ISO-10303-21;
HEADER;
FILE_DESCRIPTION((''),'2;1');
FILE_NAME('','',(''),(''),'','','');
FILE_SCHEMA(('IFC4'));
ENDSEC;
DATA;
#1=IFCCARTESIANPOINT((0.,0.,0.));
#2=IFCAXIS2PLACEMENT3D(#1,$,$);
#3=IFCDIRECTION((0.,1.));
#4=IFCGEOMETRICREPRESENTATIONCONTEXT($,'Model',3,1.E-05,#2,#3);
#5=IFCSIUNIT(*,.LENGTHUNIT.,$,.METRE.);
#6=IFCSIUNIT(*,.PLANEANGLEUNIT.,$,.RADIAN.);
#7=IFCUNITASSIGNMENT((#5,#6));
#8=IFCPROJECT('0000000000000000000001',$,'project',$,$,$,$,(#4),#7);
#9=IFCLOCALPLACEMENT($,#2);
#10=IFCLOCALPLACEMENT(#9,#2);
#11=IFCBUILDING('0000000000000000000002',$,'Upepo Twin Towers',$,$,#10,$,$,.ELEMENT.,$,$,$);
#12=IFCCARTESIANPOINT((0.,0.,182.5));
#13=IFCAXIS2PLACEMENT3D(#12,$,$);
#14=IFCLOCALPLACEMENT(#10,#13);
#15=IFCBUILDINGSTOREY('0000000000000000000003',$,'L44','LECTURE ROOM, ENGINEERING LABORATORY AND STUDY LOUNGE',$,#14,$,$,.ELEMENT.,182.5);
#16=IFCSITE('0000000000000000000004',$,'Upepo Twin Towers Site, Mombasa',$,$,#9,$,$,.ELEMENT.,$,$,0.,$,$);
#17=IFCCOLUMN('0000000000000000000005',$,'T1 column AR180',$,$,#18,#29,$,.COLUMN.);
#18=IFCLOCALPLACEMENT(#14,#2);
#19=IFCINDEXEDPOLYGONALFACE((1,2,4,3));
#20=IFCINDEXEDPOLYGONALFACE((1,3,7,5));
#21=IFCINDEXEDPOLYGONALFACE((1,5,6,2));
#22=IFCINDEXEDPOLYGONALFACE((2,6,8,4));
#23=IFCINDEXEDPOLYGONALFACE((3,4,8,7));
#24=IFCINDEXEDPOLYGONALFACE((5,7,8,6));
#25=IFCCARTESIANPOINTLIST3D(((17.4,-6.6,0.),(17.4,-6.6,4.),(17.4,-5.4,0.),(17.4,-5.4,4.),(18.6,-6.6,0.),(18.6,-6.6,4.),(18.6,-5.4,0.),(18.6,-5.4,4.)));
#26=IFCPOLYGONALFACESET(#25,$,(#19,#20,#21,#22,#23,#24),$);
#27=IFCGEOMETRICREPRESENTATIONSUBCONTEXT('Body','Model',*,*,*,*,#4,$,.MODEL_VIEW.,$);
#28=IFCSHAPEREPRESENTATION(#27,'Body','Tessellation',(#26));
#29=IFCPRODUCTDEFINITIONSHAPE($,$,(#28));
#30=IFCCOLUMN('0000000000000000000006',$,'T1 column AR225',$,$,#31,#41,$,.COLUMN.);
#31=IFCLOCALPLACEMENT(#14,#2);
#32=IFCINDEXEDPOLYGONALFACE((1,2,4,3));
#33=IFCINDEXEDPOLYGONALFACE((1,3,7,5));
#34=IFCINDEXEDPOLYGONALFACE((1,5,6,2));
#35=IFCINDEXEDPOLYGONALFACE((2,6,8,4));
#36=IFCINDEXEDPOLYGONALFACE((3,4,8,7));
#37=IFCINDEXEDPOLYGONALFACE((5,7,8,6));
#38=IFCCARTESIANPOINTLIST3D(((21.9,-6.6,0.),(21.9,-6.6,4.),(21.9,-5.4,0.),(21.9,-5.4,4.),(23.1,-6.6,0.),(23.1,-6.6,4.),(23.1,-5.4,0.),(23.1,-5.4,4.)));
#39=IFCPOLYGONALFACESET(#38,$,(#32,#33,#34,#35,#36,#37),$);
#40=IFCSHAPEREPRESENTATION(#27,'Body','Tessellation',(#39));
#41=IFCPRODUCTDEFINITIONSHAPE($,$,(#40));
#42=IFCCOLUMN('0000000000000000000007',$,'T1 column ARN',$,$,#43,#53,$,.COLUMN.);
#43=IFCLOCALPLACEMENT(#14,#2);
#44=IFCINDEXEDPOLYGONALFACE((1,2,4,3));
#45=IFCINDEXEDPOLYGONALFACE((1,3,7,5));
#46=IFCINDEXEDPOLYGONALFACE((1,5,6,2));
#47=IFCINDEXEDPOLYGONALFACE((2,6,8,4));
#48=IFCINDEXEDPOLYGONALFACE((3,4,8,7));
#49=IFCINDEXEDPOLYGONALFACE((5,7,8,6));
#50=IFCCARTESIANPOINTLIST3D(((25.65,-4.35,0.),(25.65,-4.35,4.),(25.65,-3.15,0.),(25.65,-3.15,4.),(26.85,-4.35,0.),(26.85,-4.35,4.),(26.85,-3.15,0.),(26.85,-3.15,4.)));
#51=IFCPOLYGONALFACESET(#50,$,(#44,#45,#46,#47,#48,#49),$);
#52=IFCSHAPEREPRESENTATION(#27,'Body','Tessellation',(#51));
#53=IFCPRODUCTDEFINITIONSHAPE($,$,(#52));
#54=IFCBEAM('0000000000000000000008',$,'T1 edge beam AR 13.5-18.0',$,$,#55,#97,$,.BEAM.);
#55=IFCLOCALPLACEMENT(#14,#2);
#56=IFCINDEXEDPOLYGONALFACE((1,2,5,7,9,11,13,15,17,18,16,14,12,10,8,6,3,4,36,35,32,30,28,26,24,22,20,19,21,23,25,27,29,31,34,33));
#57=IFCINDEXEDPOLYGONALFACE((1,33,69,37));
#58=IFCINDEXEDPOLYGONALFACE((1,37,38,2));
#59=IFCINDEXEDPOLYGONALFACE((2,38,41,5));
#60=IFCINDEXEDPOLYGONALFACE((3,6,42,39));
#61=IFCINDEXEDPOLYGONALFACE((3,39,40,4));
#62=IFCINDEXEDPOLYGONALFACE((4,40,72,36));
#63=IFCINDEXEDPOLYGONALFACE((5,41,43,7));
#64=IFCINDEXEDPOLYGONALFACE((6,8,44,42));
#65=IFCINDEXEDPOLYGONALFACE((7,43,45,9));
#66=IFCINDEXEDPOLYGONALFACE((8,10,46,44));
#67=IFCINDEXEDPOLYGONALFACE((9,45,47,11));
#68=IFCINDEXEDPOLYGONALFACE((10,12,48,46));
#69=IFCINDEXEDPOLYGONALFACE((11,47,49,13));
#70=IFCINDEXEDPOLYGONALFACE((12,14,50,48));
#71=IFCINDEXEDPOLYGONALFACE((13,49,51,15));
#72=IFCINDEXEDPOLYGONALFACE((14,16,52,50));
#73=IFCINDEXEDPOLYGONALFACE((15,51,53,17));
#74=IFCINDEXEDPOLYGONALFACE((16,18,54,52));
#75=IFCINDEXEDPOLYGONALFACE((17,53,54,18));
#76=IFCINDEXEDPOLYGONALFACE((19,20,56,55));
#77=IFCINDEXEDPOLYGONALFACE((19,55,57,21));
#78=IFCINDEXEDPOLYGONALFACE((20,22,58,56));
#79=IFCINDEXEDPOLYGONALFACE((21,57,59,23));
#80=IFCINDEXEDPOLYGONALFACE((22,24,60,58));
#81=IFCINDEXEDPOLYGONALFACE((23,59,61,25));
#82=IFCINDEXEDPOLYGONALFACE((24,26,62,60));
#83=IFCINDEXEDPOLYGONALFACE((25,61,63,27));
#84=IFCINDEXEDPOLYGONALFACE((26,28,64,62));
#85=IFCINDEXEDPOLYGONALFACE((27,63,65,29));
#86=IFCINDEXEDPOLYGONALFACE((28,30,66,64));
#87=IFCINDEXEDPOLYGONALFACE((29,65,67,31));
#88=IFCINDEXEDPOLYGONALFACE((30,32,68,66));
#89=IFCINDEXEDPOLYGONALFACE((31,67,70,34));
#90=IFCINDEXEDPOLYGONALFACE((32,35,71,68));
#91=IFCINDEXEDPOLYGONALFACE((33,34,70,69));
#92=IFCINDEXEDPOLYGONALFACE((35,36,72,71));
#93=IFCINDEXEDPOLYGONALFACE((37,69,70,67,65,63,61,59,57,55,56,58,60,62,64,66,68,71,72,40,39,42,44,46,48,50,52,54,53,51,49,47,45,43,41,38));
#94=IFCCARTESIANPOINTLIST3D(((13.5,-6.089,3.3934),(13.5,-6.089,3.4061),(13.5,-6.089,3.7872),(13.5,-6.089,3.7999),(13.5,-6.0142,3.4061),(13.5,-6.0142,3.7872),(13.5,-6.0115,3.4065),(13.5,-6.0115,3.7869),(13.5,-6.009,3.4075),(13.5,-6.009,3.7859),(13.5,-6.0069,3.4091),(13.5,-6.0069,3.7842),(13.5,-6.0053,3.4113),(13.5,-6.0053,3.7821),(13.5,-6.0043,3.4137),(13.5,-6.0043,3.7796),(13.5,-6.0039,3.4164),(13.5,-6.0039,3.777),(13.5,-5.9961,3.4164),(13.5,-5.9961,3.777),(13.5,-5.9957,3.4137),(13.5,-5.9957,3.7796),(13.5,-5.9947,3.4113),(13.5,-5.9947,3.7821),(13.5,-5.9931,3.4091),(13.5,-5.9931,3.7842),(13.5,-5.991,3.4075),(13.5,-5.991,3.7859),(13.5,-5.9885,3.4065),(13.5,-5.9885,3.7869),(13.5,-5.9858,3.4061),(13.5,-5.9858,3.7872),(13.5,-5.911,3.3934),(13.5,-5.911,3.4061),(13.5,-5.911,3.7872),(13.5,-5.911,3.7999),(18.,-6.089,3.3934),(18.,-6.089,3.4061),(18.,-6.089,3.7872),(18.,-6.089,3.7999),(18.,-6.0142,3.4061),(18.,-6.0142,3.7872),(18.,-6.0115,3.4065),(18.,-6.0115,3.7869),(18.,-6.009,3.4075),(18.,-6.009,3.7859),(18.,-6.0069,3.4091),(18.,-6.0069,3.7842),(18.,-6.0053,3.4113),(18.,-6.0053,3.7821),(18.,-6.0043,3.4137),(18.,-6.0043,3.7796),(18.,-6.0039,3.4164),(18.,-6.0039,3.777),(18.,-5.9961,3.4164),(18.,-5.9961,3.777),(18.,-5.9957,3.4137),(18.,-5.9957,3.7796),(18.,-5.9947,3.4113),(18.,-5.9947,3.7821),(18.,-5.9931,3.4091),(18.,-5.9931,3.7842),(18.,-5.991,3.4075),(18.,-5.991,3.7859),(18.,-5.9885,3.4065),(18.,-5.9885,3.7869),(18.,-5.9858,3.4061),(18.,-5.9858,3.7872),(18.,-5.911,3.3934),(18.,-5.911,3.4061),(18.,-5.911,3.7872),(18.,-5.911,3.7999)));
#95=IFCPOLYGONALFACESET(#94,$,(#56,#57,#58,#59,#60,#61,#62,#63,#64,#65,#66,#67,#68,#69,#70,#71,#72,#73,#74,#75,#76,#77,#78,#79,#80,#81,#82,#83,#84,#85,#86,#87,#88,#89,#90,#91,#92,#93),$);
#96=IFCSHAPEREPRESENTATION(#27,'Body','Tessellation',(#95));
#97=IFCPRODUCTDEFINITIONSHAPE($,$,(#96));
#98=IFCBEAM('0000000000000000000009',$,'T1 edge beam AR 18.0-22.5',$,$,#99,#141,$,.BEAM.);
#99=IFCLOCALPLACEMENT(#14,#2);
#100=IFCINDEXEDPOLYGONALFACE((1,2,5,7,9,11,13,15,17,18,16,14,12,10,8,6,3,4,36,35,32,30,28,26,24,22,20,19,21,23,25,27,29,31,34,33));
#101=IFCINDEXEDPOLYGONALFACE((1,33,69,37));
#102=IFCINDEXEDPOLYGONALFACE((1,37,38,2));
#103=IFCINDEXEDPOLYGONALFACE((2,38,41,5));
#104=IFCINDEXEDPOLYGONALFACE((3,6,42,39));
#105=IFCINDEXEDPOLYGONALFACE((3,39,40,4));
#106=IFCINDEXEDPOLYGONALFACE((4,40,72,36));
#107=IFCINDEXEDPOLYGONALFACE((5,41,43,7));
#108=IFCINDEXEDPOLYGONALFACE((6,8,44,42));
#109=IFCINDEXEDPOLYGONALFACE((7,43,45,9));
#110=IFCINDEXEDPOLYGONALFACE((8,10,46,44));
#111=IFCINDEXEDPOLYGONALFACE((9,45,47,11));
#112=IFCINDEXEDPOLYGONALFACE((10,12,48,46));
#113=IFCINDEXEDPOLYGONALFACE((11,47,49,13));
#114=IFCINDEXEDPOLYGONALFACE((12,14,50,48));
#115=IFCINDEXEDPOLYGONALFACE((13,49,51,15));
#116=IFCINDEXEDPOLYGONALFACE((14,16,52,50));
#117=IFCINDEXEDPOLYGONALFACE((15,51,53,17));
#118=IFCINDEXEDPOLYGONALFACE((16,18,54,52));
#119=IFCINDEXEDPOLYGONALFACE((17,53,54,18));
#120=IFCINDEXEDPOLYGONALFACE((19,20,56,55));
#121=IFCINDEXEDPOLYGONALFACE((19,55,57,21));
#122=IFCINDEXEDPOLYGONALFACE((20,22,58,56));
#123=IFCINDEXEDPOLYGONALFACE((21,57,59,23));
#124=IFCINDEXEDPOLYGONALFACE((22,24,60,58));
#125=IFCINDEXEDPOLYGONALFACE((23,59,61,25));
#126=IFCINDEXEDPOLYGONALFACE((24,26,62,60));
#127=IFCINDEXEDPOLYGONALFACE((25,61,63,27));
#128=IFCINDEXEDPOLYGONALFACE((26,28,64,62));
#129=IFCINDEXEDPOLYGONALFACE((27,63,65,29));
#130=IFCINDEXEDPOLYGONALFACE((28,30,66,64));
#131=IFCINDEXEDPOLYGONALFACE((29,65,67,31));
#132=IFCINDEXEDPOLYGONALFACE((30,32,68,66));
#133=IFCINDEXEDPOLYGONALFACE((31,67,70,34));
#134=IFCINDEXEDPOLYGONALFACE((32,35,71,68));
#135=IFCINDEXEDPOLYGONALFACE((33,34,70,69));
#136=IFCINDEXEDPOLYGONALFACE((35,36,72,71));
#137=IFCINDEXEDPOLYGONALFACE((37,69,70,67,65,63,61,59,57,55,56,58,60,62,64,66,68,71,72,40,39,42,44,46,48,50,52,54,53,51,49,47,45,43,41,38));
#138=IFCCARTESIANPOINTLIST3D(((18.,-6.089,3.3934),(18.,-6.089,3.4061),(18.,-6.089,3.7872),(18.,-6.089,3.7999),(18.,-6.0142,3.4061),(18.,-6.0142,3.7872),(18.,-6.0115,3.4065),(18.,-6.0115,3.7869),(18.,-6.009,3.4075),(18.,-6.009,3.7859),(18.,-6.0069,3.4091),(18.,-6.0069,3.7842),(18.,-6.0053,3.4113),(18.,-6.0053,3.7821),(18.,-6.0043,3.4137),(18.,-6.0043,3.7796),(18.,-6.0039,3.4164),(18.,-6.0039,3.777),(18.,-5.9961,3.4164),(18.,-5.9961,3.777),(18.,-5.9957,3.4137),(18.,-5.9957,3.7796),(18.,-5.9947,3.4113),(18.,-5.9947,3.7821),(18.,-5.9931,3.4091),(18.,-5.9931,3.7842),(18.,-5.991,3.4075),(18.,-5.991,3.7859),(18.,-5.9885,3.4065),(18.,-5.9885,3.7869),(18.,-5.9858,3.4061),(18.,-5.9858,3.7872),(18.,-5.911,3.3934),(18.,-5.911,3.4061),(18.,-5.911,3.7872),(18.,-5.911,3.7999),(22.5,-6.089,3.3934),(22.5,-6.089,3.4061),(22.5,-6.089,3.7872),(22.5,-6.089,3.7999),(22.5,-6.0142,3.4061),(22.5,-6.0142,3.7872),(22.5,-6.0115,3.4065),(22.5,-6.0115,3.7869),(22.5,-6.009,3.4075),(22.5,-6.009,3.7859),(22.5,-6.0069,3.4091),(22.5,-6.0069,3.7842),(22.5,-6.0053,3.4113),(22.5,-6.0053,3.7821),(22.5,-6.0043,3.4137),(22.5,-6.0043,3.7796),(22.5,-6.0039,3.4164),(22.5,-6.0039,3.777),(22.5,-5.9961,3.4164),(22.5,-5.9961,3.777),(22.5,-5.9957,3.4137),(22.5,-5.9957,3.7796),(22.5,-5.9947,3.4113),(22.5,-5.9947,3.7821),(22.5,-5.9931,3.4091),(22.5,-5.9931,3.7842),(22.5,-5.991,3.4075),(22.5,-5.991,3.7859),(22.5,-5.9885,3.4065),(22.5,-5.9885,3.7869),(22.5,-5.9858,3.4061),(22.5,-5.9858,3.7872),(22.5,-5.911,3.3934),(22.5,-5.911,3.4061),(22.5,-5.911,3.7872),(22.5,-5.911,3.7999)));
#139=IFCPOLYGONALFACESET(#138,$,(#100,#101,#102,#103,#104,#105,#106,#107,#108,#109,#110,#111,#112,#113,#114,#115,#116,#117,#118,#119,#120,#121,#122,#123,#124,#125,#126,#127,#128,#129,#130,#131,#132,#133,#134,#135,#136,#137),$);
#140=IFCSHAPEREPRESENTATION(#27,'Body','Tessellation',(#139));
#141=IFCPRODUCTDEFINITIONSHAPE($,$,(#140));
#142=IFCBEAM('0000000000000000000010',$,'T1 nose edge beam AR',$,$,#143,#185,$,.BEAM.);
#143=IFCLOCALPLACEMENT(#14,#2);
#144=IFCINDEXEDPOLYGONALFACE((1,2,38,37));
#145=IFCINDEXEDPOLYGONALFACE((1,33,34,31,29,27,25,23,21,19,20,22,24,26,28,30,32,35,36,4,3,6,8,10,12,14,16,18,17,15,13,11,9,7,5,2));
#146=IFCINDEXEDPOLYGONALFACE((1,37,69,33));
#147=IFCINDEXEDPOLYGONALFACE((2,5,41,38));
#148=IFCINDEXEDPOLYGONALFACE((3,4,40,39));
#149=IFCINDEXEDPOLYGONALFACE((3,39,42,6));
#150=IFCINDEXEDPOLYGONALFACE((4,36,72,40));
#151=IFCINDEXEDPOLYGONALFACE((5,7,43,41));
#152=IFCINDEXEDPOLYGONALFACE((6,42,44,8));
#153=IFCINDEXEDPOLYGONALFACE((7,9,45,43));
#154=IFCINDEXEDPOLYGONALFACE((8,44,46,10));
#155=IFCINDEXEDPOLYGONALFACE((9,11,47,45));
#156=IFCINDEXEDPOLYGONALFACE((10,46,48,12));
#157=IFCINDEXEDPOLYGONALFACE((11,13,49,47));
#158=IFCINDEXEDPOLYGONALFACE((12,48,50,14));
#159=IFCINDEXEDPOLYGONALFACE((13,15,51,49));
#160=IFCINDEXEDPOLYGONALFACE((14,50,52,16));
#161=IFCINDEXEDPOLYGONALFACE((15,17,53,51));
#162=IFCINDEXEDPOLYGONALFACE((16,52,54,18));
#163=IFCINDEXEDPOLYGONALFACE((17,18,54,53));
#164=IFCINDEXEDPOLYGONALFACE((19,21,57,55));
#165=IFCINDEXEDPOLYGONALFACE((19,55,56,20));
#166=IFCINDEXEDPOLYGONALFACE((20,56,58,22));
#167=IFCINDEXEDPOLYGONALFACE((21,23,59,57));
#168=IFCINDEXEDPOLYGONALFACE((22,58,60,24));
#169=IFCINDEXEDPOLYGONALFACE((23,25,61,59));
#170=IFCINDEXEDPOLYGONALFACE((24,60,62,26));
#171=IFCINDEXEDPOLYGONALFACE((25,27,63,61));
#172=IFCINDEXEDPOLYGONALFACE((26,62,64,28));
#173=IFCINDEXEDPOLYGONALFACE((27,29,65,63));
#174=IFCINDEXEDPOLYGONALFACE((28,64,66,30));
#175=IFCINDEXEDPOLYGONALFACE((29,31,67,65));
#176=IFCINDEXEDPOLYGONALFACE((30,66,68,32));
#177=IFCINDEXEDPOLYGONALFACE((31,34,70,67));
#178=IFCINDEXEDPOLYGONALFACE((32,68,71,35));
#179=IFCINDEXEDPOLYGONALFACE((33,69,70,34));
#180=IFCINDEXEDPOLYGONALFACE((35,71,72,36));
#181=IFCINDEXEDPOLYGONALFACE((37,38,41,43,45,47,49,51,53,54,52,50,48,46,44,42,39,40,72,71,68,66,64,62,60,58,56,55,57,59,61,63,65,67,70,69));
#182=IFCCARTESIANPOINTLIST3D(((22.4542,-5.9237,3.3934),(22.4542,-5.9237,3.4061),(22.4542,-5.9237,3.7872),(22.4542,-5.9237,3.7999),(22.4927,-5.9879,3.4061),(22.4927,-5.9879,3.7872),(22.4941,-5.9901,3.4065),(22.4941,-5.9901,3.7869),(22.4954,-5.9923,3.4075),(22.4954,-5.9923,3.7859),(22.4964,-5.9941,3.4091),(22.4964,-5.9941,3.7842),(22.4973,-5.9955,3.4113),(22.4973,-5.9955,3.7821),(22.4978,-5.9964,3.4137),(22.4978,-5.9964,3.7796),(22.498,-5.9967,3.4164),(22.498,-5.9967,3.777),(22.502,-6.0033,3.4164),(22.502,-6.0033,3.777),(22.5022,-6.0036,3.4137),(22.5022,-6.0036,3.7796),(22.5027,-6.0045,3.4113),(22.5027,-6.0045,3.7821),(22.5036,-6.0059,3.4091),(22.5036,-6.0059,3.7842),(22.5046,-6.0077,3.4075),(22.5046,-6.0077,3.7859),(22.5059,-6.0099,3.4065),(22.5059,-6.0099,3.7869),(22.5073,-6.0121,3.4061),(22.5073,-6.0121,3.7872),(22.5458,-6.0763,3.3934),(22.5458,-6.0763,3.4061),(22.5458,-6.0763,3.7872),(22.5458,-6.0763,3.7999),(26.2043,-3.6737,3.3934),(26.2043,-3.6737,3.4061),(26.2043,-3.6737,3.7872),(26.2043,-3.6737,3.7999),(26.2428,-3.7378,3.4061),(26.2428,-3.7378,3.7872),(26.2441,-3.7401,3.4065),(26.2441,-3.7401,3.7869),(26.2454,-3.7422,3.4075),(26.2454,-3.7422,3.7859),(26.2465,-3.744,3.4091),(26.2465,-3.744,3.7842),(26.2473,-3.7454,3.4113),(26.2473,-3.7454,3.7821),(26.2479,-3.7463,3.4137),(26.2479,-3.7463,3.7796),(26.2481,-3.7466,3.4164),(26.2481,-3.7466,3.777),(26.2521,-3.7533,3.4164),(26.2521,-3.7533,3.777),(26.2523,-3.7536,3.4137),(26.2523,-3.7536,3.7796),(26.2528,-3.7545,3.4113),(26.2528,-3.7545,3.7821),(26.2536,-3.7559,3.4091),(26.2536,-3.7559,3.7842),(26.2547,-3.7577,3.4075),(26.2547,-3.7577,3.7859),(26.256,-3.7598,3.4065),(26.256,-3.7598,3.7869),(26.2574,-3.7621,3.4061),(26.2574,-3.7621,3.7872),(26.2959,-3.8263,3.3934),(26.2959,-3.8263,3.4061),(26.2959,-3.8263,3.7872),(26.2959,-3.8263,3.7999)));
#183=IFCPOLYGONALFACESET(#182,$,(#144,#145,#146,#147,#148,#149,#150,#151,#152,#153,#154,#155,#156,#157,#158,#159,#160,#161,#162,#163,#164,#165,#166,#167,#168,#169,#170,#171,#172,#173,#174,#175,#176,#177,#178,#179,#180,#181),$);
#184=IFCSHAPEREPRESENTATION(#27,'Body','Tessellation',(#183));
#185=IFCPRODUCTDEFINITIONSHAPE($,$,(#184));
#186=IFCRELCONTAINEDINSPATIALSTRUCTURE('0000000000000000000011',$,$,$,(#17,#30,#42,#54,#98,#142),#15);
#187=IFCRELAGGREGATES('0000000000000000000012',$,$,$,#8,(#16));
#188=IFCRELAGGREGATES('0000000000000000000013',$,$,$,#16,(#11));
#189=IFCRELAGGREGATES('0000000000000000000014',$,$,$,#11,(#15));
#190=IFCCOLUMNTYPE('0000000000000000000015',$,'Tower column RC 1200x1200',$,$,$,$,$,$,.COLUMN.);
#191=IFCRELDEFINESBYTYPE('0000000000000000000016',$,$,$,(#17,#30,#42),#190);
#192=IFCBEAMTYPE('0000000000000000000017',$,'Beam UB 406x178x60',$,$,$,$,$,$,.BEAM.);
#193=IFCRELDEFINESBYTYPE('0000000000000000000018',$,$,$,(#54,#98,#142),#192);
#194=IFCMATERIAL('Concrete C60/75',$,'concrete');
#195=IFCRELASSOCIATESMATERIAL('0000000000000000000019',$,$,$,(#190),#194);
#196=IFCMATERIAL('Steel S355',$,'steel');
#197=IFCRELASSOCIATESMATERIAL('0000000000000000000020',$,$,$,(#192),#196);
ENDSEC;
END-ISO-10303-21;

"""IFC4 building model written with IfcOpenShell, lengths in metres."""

from ifc_helpers import new_model, si_unit, direction, frame, origin, origin_2d, place, context, subcontext, project, spatial, rectangle, i_section, extrude, material, material_profile, profile_set, type_object, element, save


model = new_model("IFC4")

# Units and contexts
model_context = context("Model", 3, precision=1e-05, world=origin(), true_north=direction((0.0, 1.0)))
body_context = subcontext(model_context, "Body", "Model", "MODEL_VIEW")
ifc_project = project(units=[si_unit("LENGTHUNIT", "METRE"), si_unit("PLANEANGLEUNIT", "RADIAN")], contexts=[model_context])

# Site, building, storey
site_placement = place(None, origin())
site = spatial("IfcSite", under=ifc_project, at=site_placement, Name="Upepo Twin Towers Site, Mombasa", CompositionType="ELEMENT", RefElevation=0.0)
building_placement = place(site_placement, origin())
building = spatial("IfcBuilding", under=site, at=building_placement, Name="Upepo Twin Towers", CompositionType="ELEMENT")
storey_placement = place(building_placement, frame((0.0, 0.0, 182.5)))
storey = spatial("IfcBuildingStorey", under=building, at=storey_placement, Name="L44", Description="LECTURE ROOM, ENGINEERING LABORATORY AND STUDY LOUNGE", CompositionType="ELEMENT", Elevation=182.5)

# Columns
ifc_material_1 = material(Name="Concrete C60/75", Category="concrete")
ifc_material_profile_1 = material_profile(ifc_material_1, rectangle(XDim=1.2, YDim=1.2, at=origin_2d()), Name="RC 1200x1200")
ifc_profile_set_1 = profile_set([ifc_material_profile_1], Name="Concrete C60/75")
column_type = type_object("IfcColumnType", Name="Tower column RC 1200x1200", PredefinedType="COLUMN", material=ifc_profile_set_1)
for number, where, z_axis, x_axis, name in (
    (1, (18.0, -6.0, 0.0), (0.0, 0.0, 1.0), (1.0, 0.0, 0.0), "T1 column AR180"),
    (2, (22.5, -6.0, 0.0), (0.0, 0.0, 1.0), (1.0, 0.0, 0.0), "T1 column AR225"),
    (3, (26.25, -3.75, 0.0), (0.0, 0.0, 1.0), (1.0, 0.0, 0.0), "T1 column ARN"),
):
    element("IfcColumn", number, at=place(storey_placement, frame(where, z_axis=z_axis, x_axis=x_axis)), inside=storey, type_object=column_type, Name=name, PredefinedType="COLUMN", context=body_context, shape_type="SweptSolid", body=[
        extrude(rectangle(XDim=1.2, YDim=1.2, at=origin_2d()), origin(), (0.0, 0.0, 1.0), 4.0),
    ])

# Beams
ifc_material_2 = material(Name="Steel S355", Category="steel")
ifc_material_profile_2 = material_profile(ifc_material_2, i_section(OverallWidth=0.178, OverallDepth=0.4065, WebThickness=0.0078, FlangeThickness=0.0127, FilletRadius=0.0103, at=origin_2d()), Name="UB 406x178x60")
ifc_profile_set_2 = profile_set([ifc_material_profile_2], Name="Steel S355")
beam_type_1 = type_object("IfcBeamType", Name="Beam UB 406x178x60", PredefinedType="BEAM", material=ifc_profile_set_2)
for number, where, z_axis, x_axis, name in (
    (4, (13.5, -6.0, 3.5967), (1.0, 0.0, 0.0), (0.0, 1.0, 0.0), "T1 edge beam AR 13.5-18.0"),
    (5, (18.0, -6.0, 3.5967), (1.0, 0.0, 0.0), (0.0, 1.0, 0.0), "T1 edge beam AR 18.0-22.5"),
):
    element("IfcBeam", number, at=place(storey_placement, frame(where, z_axis=z_axis, x_axis=x_axis)), inside=storey, type_object=beam_type_1, Name=name, PredefinedType="BEAM", context=body_context, shape_type="SweptSolid", body=[
        extrude(i_section(OverallWidth=0.178, OverallDepth=0.4065, WebThickness=0.0078, FlangeThickness=0.0127, FilletRadius=0.0103, at=origin_2d()), origin(), (0.0, 0.0, 1.0), 4.5),
    ])
beam_1_placement = place(storey_placement, frame((22.5, -6.0, 3.5967), z_axis=(0.857493, 0.514496, 0.0), x_axis=(-0.514496, 0.857493, 0.0)))
element("IfcBeam", 6, at=beam_1_placement, inside=storey, type_object=beam_type_1, Name="T1 nose edge beam AR", PredefinedType="BEAM", context=body_context, shape_type="SweptSolid", body=[
    extrude(i_section(OverallWidth=0.178, OverallDepth=0.4065, WebThickness=0.0078, FlangeThickness=0.0127, FilletRadius=0.0103, at=origin_2d()), origin(), (0.0, 0.0, 1.0), 4.3733),
])

save(model, "model.ifc")
